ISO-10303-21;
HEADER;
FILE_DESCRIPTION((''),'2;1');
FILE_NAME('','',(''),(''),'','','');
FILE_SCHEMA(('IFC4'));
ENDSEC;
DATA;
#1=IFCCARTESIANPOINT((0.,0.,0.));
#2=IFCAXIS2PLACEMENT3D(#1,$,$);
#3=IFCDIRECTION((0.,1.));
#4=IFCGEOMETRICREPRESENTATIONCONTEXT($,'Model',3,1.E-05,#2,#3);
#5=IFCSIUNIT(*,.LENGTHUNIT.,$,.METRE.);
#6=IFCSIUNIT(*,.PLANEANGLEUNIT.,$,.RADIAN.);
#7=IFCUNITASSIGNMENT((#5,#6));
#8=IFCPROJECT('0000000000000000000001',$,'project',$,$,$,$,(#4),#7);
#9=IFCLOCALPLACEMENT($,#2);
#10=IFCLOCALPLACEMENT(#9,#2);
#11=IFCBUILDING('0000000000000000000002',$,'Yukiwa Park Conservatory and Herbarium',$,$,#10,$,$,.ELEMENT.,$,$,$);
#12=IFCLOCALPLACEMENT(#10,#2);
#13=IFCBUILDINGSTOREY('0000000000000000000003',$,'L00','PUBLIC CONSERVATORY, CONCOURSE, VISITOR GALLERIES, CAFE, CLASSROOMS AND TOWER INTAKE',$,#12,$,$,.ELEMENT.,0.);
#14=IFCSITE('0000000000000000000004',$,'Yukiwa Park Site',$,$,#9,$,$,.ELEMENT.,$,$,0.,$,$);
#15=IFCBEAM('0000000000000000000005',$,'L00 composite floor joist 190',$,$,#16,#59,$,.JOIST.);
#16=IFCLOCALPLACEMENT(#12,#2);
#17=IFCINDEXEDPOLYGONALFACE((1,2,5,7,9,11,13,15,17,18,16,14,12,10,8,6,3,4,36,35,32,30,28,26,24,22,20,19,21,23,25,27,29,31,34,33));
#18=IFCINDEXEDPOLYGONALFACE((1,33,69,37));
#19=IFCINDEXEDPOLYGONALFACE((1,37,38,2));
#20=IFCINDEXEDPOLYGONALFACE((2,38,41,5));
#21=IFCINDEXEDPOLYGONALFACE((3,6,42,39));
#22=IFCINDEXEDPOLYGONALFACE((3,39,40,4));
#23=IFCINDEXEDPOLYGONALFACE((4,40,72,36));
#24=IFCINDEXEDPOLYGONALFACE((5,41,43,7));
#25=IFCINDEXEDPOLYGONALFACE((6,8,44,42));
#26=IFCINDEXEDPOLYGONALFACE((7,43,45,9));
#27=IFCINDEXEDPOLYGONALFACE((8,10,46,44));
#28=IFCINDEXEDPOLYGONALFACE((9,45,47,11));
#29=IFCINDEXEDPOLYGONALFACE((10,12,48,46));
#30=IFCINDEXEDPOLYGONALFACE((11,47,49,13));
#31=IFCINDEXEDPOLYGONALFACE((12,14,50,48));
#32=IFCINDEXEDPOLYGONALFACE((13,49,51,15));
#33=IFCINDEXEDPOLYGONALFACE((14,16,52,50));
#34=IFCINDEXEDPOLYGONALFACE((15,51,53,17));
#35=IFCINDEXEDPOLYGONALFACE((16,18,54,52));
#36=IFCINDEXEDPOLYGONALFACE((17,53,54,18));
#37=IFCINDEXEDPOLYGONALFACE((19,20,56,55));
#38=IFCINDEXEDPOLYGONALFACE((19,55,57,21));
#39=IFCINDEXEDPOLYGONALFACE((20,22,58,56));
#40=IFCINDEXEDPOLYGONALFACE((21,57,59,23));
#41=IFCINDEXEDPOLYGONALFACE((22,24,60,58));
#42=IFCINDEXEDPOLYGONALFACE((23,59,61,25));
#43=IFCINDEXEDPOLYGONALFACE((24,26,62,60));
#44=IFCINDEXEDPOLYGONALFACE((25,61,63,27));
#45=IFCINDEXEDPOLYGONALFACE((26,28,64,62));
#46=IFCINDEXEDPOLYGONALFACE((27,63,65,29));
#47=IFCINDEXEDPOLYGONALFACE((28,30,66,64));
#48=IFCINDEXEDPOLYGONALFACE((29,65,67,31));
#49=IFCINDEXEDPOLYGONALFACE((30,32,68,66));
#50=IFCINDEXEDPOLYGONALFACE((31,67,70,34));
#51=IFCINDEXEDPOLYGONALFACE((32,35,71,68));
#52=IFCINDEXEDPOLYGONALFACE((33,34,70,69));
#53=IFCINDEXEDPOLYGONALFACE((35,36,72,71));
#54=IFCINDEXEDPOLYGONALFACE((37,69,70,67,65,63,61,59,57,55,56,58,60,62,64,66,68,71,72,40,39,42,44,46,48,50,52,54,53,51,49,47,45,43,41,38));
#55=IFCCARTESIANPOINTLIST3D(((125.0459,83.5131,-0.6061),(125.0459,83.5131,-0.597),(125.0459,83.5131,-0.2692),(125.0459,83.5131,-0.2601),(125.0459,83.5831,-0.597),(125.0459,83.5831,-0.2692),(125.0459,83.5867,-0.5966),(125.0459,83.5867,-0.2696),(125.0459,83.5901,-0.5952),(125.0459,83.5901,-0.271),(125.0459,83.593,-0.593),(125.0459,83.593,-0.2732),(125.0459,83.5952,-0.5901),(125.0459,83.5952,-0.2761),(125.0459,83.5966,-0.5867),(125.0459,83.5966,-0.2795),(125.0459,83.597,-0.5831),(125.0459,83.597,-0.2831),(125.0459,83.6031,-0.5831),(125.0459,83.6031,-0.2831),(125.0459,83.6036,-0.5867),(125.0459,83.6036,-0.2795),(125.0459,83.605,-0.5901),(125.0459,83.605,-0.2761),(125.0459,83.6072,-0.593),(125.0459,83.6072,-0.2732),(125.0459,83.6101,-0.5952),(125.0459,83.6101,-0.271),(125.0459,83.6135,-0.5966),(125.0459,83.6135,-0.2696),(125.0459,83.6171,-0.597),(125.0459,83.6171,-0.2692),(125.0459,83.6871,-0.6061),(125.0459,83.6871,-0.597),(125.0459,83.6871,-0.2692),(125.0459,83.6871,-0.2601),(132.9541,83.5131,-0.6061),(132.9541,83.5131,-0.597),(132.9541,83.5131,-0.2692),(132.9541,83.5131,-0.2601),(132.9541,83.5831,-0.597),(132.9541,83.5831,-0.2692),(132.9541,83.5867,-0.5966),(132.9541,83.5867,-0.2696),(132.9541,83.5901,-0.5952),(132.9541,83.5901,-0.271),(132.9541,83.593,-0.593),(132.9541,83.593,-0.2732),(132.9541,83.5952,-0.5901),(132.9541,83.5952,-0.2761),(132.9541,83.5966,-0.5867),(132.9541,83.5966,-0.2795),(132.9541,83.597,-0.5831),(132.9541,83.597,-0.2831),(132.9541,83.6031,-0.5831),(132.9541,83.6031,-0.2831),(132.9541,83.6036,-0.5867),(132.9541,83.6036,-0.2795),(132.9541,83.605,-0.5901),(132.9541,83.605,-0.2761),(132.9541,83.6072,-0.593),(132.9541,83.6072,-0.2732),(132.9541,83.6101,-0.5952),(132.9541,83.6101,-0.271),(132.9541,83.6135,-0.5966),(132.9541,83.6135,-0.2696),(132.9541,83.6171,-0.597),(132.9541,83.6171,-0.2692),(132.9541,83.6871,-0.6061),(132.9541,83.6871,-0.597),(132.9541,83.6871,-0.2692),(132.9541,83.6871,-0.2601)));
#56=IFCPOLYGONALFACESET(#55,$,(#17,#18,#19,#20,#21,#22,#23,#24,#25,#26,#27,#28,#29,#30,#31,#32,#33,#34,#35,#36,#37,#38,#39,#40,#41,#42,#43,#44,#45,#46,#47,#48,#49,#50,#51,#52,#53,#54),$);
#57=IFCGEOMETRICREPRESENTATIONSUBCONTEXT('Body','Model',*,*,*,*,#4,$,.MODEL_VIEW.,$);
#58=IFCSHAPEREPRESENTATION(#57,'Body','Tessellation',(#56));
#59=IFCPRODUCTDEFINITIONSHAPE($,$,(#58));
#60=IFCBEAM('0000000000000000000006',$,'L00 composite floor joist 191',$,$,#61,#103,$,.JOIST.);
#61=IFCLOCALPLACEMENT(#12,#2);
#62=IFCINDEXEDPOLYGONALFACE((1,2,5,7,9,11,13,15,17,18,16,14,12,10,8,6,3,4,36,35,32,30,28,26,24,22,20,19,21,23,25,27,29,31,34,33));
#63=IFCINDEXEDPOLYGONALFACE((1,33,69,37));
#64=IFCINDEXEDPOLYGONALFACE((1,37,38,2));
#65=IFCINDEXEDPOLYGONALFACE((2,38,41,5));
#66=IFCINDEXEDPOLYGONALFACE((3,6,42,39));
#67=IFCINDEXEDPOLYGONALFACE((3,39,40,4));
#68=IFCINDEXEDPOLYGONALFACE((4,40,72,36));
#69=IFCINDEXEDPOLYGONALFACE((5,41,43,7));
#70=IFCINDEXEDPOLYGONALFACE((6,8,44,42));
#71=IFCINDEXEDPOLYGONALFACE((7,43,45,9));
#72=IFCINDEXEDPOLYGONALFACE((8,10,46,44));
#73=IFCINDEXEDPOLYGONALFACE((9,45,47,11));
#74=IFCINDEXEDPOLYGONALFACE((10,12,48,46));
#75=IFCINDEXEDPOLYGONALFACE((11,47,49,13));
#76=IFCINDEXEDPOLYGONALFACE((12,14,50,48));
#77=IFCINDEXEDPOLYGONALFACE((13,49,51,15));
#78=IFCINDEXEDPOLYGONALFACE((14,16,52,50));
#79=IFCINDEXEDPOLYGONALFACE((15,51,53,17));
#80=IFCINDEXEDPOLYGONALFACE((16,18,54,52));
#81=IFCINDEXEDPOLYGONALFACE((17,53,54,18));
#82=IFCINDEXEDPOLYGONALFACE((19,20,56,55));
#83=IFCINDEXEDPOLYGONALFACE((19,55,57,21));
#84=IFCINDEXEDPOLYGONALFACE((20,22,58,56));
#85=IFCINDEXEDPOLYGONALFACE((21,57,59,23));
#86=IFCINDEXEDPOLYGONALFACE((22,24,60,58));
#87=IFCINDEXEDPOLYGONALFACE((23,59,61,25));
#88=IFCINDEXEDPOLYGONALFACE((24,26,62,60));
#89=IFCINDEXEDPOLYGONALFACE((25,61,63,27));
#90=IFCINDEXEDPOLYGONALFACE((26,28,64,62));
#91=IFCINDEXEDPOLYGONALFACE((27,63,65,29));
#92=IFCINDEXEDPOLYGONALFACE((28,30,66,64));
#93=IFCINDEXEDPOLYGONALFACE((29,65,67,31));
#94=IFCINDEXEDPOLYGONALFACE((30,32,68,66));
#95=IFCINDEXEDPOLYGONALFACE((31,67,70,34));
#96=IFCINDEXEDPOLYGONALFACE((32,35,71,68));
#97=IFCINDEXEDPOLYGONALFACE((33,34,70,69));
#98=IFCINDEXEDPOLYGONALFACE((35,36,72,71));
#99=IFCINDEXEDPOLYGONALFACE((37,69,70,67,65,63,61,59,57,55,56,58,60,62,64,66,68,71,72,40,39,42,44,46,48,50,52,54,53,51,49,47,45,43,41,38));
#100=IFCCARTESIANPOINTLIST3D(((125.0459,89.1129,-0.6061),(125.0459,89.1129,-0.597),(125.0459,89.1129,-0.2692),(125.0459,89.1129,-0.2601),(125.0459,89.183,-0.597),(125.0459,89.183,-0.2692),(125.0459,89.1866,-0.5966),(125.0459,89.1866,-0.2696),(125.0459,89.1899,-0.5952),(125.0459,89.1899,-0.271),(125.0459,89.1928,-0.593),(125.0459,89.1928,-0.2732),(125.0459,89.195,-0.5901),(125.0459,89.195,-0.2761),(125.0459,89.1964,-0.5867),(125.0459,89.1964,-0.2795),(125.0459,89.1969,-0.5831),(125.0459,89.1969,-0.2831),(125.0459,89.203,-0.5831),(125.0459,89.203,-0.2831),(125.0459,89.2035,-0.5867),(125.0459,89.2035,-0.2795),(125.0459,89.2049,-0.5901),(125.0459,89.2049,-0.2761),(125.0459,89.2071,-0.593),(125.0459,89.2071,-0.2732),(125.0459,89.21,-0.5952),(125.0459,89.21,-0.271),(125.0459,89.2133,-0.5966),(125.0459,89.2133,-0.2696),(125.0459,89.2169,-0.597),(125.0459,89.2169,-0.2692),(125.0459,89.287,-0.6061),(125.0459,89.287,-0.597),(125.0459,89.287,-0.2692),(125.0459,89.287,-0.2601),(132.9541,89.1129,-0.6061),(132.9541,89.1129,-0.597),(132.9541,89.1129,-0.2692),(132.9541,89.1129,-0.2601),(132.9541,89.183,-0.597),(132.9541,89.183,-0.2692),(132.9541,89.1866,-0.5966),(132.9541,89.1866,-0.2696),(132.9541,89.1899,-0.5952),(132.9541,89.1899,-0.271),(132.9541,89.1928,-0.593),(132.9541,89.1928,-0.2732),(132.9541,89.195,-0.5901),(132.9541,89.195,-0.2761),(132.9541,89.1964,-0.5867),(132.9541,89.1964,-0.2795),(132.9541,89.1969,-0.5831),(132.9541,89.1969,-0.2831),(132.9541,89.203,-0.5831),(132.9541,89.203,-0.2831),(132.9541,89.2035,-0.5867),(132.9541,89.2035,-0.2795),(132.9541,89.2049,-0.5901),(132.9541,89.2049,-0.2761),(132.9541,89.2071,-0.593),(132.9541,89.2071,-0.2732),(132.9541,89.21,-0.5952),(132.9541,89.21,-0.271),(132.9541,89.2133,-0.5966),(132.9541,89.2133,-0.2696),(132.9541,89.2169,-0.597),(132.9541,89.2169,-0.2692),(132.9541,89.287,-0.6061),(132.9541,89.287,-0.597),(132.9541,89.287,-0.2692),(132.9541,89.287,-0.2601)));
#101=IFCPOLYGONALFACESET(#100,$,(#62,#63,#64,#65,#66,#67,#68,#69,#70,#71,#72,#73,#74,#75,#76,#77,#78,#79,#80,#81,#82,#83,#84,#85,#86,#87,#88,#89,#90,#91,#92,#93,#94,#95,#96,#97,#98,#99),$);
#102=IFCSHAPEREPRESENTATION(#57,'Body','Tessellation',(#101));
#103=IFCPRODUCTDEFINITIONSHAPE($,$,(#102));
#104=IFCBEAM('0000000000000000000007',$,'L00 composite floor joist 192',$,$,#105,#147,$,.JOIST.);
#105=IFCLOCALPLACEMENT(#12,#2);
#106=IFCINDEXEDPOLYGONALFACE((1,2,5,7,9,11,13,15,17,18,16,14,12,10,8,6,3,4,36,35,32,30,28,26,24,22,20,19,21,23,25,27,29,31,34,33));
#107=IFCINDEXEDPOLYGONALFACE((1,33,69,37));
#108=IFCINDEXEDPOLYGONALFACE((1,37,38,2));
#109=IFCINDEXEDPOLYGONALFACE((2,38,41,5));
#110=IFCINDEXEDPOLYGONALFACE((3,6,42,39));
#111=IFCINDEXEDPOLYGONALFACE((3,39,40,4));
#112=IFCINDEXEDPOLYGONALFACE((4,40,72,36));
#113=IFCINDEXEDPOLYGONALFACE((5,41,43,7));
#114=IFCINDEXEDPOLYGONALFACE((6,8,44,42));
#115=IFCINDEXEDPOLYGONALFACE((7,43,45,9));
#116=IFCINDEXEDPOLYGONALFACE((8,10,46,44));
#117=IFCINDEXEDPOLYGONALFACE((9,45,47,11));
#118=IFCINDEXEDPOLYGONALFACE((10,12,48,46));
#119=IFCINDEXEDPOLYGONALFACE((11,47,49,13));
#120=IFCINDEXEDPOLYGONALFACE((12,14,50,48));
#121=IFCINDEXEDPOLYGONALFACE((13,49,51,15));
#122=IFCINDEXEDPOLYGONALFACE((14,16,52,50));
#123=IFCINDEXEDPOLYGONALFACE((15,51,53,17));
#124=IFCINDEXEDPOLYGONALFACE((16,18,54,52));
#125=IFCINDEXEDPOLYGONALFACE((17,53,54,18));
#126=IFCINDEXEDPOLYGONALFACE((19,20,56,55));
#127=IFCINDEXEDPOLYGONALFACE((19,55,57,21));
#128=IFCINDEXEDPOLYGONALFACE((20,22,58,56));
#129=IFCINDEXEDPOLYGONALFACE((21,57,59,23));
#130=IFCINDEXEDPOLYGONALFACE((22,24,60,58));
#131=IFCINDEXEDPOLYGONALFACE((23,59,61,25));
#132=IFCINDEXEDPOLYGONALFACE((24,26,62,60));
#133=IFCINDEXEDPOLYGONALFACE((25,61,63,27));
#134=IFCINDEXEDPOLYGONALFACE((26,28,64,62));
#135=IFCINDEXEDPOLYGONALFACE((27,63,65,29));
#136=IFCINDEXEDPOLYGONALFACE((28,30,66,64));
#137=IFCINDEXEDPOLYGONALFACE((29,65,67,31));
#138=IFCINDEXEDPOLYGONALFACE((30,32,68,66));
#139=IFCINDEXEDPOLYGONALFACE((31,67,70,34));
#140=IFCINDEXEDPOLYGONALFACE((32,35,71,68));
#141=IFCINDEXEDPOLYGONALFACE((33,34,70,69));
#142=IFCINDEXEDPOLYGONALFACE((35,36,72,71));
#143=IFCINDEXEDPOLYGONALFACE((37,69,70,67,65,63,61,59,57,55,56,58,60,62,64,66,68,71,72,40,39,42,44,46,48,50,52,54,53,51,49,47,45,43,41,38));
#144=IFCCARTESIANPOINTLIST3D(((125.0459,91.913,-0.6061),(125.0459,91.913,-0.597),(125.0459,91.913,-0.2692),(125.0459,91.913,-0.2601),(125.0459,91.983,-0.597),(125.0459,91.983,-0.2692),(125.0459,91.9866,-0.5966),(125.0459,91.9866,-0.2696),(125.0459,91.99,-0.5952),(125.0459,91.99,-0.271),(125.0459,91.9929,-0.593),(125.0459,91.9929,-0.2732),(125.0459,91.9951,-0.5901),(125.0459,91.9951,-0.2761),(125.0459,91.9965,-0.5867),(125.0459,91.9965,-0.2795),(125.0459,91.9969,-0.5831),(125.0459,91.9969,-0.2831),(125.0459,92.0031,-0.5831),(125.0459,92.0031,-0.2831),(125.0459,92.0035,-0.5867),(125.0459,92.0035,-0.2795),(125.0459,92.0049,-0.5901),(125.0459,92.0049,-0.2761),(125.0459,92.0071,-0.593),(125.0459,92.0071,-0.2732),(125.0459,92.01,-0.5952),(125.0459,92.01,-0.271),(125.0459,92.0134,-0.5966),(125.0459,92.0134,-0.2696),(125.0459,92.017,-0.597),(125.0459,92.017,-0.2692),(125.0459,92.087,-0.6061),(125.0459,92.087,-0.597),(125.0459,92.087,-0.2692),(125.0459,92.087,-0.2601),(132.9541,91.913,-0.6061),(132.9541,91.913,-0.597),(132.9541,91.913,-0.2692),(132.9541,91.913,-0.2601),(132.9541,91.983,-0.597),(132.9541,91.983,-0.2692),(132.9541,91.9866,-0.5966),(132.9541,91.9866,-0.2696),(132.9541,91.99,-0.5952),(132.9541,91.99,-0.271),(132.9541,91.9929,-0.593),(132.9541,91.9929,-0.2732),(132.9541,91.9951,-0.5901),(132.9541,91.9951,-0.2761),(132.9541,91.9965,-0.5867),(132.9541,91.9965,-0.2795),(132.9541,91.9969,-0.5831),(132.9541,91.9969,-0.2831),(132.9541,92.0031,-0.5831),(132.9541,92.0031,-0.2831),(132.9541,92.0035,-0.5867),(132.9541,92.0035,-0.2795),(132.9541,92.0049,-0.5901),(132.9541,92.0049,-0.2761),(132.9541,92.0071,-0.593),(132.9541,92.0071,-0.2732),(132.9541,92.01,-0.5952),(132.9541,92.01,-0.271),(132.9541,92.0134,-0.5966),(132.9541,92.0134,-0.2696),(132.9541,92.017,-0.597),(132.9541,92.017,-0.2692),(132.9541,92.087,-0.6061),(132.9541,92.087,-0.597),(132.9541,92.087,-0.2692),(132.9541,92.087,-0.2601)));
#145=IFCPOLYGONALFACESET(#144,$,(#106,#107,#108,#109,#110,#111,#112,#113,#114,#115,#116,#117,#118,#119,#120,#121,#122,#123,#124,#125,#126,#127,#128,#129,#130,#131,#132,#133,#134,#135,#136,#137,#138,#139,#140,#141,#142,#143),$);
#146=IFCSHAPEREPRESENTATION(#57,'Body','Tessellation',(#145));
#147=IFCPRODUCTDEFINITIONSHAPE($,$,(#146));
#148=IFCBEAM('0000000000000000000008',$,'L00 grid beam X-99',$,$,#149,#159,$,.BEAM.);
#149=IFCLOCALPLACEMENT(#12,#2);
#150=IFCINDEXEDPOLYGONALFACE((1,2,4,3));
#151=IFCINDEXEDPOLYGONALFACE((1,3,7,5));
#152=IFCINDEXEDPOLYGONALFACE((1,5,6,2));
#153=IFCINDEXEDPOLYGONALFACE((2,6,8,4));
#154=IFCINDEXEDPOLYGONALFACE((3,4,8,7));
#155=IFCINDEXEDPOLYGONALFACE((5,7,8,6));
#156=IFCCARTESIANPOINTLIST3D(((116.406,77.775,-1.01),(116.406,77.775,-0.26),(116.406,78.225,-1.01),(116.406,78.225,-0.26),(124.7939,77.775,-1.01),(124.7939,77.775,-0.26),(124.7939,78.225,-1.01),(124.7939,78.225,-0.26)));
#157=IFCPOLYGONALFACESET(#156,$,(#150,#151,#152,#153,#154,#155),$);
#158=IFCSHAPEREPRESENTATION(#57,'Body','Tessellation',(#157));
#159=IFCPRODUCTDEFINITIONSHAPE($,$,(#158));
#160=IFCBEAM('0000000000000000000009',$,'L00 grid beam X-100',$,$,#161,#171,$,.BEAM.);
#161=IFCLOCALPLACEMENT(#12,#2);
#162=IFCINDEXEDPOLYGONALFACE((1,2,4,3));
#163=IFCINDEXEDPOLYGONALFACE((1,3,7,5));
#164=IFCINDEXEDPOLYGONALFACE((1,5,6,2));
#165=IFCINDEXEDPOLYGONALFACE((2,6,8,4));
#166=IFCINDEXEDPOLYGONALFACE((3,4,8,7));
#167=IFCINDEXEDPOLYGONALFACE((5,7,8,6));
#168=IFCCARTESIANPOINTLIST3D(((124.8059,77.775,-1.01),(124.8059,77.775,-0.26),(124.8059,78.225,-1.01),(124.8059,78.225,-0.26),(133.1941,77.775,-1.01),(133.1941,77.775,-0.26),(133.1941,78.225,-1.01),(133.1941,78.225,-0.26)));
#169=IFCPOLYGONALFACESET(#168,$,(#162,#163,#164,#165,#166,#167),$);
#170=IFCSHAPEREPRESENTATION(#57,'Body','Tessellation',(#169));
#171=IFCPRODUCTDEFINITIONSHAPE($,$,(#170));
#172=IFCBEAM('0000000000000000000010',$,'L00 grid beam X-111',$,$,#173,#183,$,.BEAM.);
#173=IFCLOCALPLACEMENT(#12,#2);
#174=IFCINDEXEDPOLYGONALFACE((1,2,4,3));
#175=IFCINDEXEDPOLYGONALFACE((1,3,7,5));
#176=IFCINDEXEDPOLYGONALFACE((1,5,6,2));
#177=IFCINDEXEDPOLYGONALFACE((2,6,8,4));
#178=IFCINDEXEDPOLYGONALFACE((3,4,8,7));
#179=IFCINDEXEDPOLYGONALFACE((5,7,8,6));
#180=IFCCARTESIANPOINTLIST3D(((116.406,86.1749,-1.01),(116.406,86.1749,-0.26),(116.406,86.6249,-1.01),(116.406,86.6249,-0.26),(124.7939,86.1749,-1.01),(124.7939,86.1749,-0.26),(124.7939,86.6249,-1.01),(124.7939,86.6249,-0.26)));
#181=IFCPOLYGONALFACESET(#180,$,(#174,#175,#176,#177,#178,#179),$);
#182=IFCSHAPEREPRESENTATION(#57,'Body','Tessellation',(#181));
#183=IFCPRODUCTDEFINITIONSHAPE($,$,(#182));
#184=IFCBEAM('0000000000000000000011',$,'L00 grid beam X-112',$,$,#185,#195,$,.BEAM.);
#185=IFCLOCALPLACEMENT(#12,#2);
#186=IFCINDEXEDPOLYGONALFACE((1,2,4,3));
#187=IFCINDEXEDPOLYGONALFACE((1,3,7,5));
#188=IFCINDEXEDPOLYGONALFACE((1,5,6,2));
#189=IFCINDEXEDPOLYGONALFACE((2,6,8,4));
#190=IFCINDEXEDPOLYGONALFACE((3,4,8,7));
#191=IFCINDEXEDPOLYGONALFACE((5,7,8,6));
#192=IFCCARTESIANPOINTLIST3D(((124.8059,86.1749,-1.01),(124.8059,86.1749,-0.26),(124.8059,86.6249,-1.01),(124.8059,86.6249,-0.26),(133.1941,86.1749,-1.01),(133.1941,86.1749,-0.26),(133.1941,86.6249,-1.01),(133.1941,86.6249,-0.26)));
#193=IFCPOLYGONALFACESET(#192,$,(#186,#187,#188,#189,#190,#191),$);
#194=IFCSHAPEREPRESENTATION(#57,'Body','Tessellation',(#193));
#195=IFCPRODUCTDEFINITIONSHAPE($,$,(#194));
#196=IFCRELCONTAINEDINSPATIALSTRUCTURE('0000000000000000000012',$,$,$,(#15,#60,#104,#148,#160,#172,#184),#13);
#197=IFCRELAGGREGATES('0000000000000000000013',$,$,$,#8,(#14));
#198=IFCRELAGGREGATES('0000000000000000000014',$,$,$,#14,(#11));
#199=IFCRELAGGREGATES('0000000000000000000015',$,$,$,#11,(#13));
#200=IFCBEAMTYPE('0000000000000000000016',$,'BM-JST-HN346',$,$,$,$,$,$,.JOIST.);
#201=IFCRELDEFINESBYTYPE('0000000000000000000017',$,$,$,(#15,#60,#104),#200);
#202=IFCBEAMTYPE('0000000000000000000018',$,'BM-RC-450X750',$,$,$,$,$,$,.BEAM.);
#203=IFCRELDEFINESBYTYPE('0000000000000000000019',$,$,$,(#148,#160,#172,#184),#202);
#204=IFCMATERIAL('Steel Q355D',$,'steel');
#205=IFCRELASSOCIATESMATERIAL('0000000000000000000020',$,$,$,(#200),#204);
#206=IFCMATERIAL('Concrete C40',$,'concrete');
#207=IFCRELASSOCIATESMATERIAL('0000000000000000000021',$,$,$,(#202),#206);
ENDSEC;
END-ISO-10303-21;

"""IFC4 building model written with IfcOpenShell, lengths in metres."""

from ifc_helpers import new_model, si_unit, direction, frame, origin, origin_2d, place, context, subcontext, project, spatial, rectangle, i_section, extrude, material, material_profile, profile_set, type_object, element, save


model = new_model("IFC4")

# Units and contexts
model_context = context("Model", 3, precision=1e-05, world=origin(), true_north=direction((0.0, 1.0)))
body_context = subcontext(model_context, "Body", "Model", "MODEL_VIEW")
ifc_project = project(units=[si_unit("LENGTHUNIT", "METRE"), si_unit("PLANEANGLEUNIT", "RADIAN")], contexts=[model_context])

# Site, building, storey
site_placement = place(None, origin())
site = spatial("IfcSite", under=ifc_project, at=site_placement, Name="Yukiwa Park Site", CompositionType="ELEMENT", RefElevation=0.0)
building_placement = place(site_placement, origin())
building = spatial("IfcBuilding", under=site, at=building_placement, Name="Yukiwa Park Conservatory and Herbarium", CompositionType="ELEMENT")
storey_placement = place(building_placement, origin())
storey = spatial("IfcBuildingStorey", under=building, at=storey_placement, Name="L00", Description="PUBLIC CONSERVATORY, CONCOURSE, VISITOR GALLERIES, CAFE, CLASSROOMS AND TOWER INTAKE", CompositionType="ELEMENT", Elevation=0.0)

# Beams
ifc_material_1 = material(Name="Steel Q355D", Category="steel")
ifc_material_profile_1 = material_profile(ifc_material_1, i_section(OverallWidth=0.1741, OverallDepth=0.3459, WebThickness=0.0061, FlangeThickness=0.009, FilletRadius=0.0139, at=origin_2d()), Name="HN 346x174x6x9")
ifc_profile_set_1 = profile_set([ifc_material_profile_1], Name="Steel Q355D")
beam_type_1 = type_object("IfcBeamType", Name="BM-JST-HN346", PredefinedType="JOIST", material=ifc_profile_set_1)
for number, where, z_axis, x_axis, name in (
    (1, (125.0459, 83.6001, -0.4331), (1.0, 0.0, 0.0), (0.0, 1.0, 0.0), "L00 composite floor joist 190"),
    (2, (125.0459, 89.2, -0.4331), (1.0, 0.0, 0.0), (0.0, 1.0, 0.0), "L00 composite floor joist 191"),
    (3, (125.0459, 92.0, -0.4331), (1.0, 0.0, 0.0), (0.0, 1.0, 0.0), "L00 composite floor joist 192"),
):
    element("IfcBeam", number, at=place(storey_placement, frame(where, z_axis=z_axis, x_axis=x_axis)), inside=storey, type_object=beam_type_1, Name=name, PredefinedType="JOIST", context=body_context, shape_type="SweptSolid", body=[
        extrude(i_section(OverallWidth=0.1741, OverallDepth=0.3459, WebThickness=0.0061, FlangeThickness=0.009, FilletRadius=0.0139, at=origin_2d()), origin(), (0.0, 0.0, 1.0), 7.9082),
    ])
ifc_material_2 = material(Name="Concrete C40", Category="concrete")
ifc_material_profile_2 = material_profile(ifc_material_2, rectangle(XDim=0.45, YDim=0.75, at=origin_2d()), Name="RC 450x750")
ifc_profile_set_2 = profile_set([ifc_material_profile_2], Name="Concrete C40")
beam_type_2 = type_object("IfcBeamType", Name="BM-RC-450X750", PredefinedType="BEAM", material=ifc_profile_set_2)
beam_1_placement = place(storey_placement, frame((116.406, 78.0, -0.635), z_axis=(1.0, 0.0, 0.0), x_axis=(0.0, 1.0, 0.0)))
element("IfcBeam", 4, at=beam_1_placement, inside=storey, type_object=beam_type_2, Name="L00 grid beam X-99", PredefinedType="BEAM", context=body_context, shape_type="SweptSolid", body=[
    extrude(rectangle(XDim=0.45, YDim=0.75, at=origin_2d()), origin(), (0.0, 0.0, 1.0), 8.3879),
])
beam_2_placement = place(storey_placement, frame((124.8059, 78.0, -0.635), z_axis=(1.0, 0.0, 0.0), x_axis=(0.0, 1.0, 0.0)))
element("IfcBeam", 5, at=beam_2_placement, inside=storey, type_object=beam_type_2, Name="L00 grid beam X-100", PredefinedType="BEAM", context=body_context, shape_type="SweptSolid", body=[
    extrude(rectangle(XDim=0.45, YDim=0.75, at=origin_2d()), origin(), (0.0, 0.0, 1.0), 8.3882),
])
beam_3_placement = place(storey_placement, frame((116.406, 86.3999, -0.635), z_axis=(1.0, 0.0, 0.0), x_axis=(0.0, 1.0, 0.0)))
element("IfcBeam", 6, at=beam_3_placement, inside=storey, type_object=beam_type_2, Name="L00 grid beam X-111", PredefinedType="BEAM", context=body_context, shape_type="SweptSolid", body=[
    extrude(rectangle(XDim=0.45, YDim=0.75, at=origin_2d()), origin(), (0.0, 0.0, 1.0), 8.3879),
])
beam_4_placement = place(storey_placement, frame((124.8059, 86.3999, -0.635), z_axis=(1.0, 0.0, 0.0), x_axis=(0.0, 1.0, 0.0)))
element("IfcBeam", 7, at=beam_4_placement, inside=storey, type_object=beam_type_2, Name="L00 grid beam X-112", PredefinedType="BEAM", context=body_context, shape_type="SweptSolid", body=[
    extrude(rectangle(XDim=0.45, YDim=0.75, at=origin_2d()), origin(), (0.0, 0.0, 1.0), 8.3882),
])

save(model, "model.ifc")
